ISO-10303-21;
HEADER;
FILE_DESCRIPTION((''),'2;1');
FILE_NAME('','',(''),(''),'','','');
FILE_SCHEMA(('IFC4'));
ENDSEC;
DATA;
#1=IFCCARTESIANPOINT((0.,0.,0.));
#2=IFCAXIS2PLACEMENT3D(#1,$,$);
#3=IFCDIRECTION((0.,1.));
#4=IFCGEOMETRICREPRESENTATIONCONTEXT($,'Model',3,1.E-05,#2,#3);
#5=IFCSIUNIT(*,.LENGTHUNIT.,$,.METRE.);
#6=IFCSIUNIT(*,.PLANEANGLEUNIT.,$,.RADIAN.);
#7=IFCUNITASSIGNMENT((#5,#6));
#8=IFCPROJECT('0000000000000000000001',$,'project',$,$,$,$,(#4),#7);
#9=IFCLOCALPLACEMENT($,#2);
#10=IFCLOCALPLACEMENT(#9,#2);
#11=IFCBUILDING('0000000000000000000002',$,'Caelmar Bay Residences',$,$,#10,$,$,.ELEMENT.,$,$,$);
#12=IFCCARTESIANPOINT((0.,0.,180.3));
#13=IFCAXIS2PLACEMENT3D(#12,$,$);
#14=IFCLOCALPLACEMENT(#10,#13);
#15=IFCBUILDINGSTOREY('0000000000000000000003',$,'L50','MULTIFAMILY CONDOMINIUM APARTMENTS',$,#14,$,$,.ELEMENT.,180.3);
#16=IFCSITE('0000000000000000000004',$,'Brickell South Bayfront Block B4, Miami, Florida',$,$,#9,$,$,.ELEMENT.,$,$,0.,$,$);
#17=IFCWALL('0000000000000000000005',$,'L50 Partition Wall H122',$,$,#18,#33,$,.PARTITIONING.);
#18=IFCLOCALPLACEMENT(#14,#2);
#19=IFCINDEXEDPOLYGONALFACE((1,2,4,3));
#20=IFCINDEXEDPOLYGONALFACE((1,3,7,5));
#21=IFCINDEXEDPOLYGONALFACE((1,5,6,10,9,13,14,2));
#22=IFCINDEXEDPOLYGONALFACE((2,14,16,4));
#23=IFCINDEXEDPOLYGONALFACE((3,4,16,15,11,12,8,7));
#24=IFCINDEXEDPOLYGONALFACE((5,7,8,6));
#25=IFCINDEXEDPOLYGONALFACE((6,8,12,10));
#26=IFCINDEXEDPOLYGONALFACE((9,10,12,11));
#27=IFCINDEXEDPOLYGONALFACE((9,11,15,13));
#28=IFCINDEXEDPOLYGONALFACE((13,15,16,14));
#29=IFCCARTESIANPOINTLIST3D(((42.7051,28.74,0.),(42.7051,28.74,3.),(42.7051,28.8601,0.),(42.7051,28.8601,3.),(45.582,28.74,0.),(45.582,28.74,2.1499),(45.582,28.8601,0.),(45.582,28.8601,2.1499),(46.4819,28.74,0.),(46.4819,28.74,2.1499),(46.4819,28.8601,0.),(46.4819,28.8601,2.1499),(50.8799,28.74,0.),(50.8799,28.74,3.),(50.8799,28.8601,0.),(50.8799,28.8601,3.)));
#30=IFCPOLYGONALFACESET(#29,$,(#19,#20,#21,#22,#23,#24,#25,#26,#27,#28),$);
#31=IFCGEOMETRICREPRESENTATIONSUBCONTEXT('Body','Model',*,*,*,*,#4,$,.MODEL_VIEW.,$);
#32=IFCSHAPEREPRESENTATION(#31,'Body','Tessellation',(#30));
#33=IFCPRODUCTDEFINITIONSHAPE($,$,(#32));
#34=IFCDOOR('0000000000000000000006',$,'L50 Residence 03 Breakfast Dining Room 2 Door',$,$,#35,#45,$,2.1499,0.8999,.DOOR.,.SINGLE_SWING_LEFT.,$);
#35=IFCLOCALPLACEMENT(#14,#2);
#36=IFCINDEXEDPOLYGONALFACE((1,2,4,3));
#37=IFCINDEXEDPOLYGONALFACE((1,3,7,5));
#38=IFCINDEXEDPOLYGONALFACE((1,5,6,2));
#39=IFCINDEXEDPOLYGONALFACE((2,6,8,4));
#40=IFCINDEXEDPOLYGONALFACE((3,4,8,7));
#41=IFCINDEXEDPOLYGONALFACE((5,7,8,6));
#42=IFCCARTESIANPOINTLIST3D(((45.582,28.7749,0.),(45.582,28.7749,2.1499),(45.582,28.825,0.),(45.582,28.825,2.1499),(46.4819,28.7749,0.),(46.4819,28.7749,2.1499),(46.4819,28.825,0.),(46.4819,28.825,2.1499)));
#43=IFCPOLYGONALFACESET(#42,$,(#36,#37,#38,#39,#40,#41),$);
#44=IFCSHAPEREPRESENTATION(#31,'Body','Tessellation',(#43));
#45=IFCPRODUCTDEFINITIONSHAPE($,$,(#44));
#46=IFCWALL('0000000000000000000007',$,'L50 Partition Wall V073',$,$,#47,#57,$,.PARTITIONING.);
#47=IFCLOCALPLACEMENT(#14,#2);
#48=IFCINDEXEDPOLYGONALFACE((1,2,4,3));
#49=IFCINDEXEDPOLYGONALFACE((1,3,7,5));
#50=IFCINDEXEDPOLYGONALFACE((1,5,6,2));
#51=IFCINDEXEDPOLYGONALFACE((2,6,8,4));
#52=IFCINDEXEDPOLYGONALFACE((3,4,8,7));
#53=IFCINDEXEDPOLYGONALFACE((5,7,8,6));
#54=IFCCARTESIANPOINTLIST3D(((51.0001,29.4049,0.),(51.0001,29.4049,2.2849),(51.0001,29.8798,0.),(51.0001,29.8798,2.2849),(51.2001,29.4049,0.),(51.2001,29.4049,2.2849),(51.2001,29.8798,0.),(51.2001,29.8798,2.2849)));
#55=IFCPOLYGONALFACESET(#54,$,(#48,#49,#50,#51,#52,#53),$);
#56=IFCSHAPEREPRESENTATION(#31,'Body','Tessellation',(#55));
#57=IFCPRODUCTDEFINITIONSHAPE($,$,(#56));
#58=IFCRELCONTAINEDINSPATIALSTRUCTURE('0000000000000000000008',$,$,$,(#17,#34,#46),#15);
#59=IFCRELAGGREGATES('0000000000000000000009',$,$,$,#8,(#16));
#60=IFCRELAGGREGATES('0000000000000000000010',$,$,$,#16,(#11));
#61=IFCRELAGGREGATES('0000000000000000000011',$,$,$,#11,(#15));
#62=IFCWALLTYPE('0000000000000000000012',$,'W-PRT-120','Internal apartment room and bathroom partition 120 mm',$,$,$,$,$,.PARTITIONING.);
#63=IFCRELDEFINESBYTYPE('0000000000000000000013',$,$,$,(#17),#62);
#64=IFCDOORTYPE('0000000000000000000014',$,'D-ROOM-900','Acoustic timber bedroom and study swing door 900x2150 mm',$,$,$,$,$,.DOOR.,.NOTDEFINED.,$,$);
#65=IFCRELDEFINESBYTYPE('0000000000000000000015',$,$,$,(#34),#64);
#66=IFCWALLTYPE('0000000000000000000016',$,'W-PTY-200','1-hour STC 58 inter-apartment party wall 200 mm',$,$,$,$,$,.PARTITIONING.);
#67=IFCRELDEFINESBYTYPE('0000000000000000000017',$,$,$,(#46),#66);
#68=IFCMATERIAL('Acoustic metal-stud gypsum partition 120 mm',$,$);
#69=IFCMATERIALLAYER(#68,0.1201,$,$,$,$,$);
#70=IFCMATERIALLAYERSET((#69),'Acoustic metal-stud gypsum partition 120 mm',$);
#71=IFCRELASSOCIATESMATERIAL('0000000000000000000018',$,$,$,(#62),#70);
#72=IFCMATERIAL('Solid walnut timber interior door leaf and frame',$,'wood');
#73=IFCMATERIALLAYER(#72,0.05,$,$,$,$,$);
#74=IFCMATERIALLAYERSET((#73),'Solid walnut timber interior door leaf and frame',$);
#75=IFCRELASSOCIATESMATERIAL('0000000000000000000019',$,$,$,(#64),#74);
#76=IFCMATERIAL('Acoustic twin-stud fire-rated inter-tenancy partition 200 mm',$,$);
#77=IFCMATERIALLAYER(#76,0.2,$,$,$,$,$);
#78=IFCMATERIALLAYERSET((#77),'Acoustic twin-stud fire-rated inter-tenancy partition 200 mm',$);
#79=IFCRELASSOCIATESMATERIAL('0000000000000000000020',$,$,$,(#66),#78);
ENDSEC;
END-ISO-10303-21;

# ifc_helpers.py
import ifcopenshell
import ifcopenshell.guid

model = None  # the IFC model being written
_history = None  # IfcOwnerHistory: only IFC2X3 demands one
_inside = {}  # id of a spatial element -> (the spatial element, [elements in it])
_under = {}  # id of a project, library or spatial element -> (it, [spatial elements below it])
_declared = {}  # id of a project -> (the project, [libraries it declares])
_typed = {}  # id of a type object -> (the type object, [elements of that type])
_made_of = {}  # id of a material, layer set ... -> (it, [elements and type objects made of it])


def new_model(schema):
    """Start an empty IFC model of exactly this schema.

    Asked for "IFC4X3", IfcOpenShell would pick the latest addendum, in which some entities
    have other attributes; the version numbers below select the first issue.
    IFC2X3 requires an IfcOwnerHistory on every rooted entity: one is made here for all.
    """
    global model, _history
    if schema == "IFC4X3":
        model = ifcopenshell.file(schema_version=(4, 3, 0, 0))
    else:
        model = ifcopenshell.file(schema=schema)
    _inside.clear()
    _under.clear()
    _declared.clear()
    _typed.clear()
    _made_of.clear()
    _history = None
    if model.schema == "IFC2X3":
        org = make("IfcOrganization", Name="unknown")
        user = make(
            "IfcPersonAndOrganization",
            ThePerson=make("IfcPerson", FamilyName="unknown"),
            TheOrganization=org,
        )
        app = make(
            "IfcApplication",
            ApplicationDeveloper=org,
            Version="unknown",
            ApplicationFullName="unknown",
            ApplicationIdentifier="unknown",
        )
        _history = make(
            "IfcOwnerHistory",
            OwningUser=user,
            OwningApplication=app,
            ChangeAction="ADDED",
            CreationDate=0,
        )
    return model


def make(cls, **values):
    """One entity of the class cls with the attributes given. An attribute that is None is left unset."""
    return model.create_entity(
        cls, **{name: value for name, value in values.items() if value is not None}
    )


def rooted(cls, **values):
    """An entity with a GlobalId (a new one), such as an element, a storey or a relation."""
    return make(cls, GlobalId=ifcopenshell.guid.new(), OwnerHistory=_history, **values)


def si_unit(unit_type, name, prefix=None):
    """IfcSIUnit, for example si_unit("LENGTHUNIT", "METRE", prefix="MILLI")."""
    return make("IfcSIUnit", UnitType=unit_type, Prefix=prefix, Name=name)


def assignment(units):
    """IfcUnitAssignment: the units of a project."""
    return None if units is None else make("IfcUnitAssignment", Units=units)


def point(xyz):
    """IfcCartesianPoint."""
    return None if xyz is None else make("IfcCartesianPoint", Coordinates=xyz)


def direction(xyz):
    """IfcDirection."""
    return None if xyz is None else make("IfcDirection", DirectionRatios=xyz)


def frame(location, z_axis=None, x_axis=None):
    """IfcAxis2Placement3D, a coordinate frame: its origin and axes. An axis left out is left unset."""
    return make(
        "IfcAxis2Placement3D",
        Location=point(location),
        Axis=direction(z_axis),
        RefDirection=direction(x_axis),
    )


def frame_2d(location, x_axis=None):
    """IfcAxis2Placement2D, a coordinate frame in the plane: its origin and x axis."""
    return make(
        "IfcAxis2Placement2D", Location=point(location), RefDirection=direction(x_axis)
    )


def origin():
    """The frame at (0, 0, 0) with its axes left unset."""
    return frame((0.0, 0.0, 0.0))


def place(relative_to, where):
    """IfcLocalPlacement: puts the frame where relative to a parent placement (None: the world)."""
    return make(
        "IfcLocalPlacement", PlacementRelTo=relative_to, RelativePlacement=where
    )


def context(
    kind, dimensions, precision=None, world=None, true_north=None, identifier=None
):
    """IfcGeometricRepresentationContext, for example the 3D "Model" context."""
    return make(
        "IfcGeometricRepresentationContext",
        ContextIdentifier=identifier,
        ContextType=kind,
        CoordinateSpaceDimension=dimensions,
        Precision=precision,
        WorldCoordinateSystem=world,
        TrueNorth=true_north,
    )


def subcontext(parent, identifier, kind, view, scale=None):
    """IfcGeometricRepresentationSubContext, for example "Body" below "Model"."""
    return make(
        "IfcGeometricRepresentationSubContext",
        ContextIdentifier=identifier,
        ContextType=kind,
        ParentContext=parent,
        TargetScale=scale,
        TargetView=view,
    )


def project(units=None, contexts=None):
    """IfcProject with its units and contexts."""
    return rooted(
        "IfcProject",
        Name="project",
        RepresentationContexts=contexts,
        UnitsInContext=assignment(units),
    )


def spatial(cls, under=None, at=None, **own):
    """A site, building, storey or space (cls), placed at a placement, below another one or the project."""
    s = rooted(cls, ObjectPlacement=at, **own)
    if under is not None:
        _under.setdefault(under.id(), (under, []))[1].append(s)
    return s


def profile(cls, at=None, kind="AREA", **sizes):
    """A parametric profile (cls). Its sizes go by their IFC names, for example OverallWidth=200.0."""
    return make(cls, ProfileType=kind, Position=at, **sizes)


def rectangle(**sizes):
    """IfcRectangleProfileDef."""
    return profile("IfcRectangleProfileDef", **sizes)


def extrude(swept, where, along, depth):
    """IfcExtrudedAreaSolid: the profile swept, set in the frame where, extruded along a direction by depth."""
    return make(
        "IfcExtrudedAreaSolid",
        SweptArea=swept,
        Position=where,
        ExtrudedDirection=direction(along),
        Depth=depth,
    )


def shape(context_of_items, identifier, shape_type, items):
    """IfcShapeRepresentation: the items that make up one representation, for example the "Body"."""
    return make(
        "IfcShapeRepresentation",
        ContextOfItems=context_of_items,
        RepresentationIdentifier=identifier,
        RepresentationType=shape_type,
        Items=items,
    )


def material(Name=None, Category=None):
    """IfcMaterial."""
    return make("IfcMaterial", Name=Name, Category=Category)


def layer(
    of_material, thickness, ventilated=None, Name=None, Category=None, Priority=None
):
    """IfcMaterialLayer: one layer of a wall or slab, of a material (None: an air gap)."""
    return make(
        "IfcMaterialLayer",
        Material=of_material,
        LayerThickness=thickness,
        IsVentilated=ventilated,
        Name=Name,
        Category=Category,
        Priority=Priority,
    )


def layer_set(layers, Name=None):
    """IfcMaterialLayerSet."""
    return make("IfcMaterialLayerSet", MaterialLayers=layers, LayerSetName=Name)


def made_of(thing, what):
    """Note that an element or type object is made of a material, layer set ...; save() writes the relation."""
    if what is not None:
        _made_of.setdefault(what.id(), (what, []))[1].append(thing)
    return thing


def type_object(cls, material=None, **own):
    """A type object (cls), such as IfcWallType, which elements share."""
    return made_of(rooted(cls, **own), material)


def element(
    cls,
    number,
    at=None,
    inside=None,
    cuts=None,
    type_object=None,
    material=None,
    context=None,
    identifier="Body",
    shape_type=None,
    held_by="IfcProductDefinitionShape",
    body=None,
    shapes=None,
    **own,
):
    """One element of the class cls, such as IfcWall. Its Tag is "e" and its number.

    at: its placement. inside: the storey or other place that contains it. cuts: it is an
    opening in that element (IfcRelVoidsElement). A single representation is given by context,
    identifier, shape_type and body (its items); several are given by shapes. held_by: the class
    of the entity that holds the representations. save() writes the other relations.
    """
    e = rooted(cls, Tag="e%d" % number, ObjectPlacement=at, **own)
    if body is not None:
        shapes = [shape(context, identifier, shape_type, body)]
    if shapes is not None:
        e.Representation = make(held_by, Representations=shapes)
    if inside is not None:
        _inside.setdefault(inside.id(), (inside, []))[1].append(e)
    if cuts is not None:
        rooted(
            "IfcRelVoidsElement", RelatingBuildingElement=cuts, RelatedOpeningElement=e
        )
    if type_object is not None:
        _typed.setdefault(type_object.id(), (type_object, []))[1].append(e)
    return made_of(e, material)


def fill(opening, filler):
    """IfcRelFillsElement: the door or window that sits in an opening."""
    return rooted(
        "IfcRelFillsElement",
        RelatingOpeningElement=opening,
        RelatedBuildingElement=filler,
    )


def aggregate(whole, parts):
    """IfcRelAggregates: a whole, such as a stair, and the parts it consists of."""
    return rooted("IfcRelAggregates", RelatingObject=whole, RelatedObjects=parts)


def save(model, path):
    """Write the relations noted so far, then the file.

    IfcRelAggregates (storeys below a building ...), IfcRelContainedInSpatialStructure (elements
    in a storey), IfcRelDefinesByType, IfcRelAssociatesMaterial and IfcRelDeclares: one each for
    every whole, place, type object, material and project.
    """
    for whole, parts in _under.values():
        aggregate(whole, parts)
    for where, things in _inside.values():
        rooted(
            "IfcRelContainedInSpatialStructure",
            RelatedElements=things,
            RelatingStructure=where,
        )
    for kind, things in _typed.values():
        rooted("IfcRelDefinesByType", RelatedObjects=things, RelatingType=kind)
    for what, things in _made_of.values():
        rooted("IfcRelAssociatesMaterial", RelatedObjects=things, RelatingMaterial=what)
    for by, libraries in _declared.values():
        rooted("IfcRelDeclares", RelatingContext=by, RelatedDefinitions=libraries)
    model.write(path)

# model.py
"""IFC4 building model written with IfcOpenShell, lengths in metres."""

from ifc_helpers import new_model, si_unit, direction, frame, frame_2d, origin, place, context, subcontext, project, spatial, rectangle, extrude, material, layer, layer_set, type_object, element, fill, save


model = new_model("IFC4")

# Units and contexts
model_context = context("Model", 3, precision=1e-05, world=origin(), true_north=direction((0.0, 1.0)))
body_context = subcontext(model_context, "Body", "Model", "MODEL_VIEW")
ifc_project = project(units=[si_unit("LENGTHUNIT", "METRE"), si_unit("PLANEANGLEUNIT", "RADIAN")], contexts=[model_context])

# Site, building, storey
site_placement = place(None, origin())
site = spatial("IfcSite", under=ifc_project, at=site_placement, Name="Brickell South Bayfront Block B4, Miami, Florida", CompositionType="ELEMENT", RefElevation=0.0)
building_placement = place(site_placement, origin())
building = spatial("IfcBuilding", under=site, at=building_placement, Name="Caelmar Bay Residences", CompositionType="ELEMENT")
storey_placement = place(building_placement, frame((0.0, 0.0, 180.3)))
storey = spatial("IfcBuildingStorey", under=building, at=storey_placement, Name="L50", Description="MULTIFAMILY CONDOMINIUM APARTMENTS", CompositionType="ELEMENT", Elevation=180.3)

# Shared definitions
ifc_material_1 = material(Name="Acoustic metal-stud gypsum partition 120 mm")
ifc_layer_1 = layer(ifc_material_1, 0.1201)
ifc_layer_set_1 = layer_set([ifc_layer_1], Name="Acoustic metal-stud gypsum partition 120 mm")
wall_type_1 = type_object("IfcWallType", Name="W-PRT-120", Description="Internal apartment room and bathroom partition 120 mm", PredefinedType="PARTITIONING", material=ifc_layer_set_1)

# Shared definitions
ifc_material_2 = material(Name="Solid walnut timber interior door leaf and frame", Category="wood")
ifc_layer_2 = layer(ifc_material_2, 0.05)
ifc_layer_set_2 = layer_set([ifc_layer_2], Name="Solid walnut timber interior door leaf and frame")
door_type = type_object("IfcDoorType", Name="D-ROOM-900", Description="Acoustic timber bedroom and study swing door 900x2150 mm", OperationType="NOTDEFINED", PredefinedType="DOOR", material=ifc_layer_set_2)

# Wall, opening, door
wall_1_placement = place(storey_placement, frame((42.7051, 28.8, 0.0), z_axis=(0.0, 0.0, 1.0), x_axis=(1.0, 0.0, 0.0)))
wall_1 = element("IfcWall", 1, at=wall_1_placement, inside=storey, type_object=wall_type_1, Name="L50 Partition Wall H122", PredefinedType="PARTITIONING", context=body_context, shape_type="SweptSolid", body=[
    extrude(rectangle(XDim=8.1748, YDim=0.1201, at=frame_2d((4.0874, 0.0))), origin(), (0.0, 0.0, 1.0), 3.0),
])
opening_1_placement = place(wall_1_placement, frame((2.877, 0.0, 0.0)))
opening_1 = element("IfcOpeningElement", 2, at=opening_1_placement, cuts=wall_1, PredefinedType="OPENING", context=body_context, shape_type="SweptSolid", body=[
    extrude(rectangle(XDim=0.8999, YDim=2.1499, at=frame_2d((0.45, 1.075))), frame((0.0, 0.0701, 0.0), z_axis=(0.0, -1.0, 0.0), x_axis=(1.0, 0.0, 0.0)), (0.0, 0.0, 1.0), 0.1401),
])
door_1_placement = place(opening_1_placement, origin())
door_1 = element("IfcDoor", 3, at=door_1_placement, inside=storey, type_object=door_type, Name="L50 Residence 03 Breakfast Dining Room 2 Door", OperationType="SINGLE_SWING_LEFT", OverallHeight=2.1499, OverallWidth=0.8999, PredefinedType="DOOR", context=body_context, shape_type="SweptSolid", body=[
    extrude(rectangle(XDim=0.8999, YDim=2.1499, at=frame_2d((0.45, 1.075))), frame((0.0, 0.0249, 0.0), z_axis=(0.0, -1.0, 0.0), x_axis=(1.0, 0.0, 0.0)), (0.0, 0.0, 1.0), 0.05),
])
fill(opening_1, door_1)

# Wall
ifc_material_3 = material(Name="Acoustic twin-stud fire-rated inter-tenancy partition 200 mm")
ifc_layer_3 = layer(ifc_material_3, 0.2)
ifc_layer_set_3 = layer_set([ifc_layer_3], Name="Acoustic twin-stud fire-rated inter-tenancy partition 200 mm")
wall_type_2 = type_object("IfcWallType", Name="W-PTY-200", Description="1-hour STC 58 inter-apartment party wall 200 mm", PredefinedType="PARTITIONING", material=ifc_layer_set_3)
wall_2_placement = place(storey_placement, frame((51.1001, 29.405, 0.0), z_axis=(0.0, 0.0, 1.0), x_axis=(0.0, 1.0, 0.0)))
element("IfcWall", 4, at=wall_2_placement, inside=storey, type_object=wall_type_2, Name="L50 Partition Wall V073", PredefinedType="PARTITIONING", context=body_context, shape_type="SweptSolid", body=[
    extrude(rectangle(XDim=0.4749, YDim=0.2, at=frame_2d((0.2373, 0.0))), origin(), (0.0, 0.0, 1.0), 2.2849),
])

save(model, "model.ifc")
